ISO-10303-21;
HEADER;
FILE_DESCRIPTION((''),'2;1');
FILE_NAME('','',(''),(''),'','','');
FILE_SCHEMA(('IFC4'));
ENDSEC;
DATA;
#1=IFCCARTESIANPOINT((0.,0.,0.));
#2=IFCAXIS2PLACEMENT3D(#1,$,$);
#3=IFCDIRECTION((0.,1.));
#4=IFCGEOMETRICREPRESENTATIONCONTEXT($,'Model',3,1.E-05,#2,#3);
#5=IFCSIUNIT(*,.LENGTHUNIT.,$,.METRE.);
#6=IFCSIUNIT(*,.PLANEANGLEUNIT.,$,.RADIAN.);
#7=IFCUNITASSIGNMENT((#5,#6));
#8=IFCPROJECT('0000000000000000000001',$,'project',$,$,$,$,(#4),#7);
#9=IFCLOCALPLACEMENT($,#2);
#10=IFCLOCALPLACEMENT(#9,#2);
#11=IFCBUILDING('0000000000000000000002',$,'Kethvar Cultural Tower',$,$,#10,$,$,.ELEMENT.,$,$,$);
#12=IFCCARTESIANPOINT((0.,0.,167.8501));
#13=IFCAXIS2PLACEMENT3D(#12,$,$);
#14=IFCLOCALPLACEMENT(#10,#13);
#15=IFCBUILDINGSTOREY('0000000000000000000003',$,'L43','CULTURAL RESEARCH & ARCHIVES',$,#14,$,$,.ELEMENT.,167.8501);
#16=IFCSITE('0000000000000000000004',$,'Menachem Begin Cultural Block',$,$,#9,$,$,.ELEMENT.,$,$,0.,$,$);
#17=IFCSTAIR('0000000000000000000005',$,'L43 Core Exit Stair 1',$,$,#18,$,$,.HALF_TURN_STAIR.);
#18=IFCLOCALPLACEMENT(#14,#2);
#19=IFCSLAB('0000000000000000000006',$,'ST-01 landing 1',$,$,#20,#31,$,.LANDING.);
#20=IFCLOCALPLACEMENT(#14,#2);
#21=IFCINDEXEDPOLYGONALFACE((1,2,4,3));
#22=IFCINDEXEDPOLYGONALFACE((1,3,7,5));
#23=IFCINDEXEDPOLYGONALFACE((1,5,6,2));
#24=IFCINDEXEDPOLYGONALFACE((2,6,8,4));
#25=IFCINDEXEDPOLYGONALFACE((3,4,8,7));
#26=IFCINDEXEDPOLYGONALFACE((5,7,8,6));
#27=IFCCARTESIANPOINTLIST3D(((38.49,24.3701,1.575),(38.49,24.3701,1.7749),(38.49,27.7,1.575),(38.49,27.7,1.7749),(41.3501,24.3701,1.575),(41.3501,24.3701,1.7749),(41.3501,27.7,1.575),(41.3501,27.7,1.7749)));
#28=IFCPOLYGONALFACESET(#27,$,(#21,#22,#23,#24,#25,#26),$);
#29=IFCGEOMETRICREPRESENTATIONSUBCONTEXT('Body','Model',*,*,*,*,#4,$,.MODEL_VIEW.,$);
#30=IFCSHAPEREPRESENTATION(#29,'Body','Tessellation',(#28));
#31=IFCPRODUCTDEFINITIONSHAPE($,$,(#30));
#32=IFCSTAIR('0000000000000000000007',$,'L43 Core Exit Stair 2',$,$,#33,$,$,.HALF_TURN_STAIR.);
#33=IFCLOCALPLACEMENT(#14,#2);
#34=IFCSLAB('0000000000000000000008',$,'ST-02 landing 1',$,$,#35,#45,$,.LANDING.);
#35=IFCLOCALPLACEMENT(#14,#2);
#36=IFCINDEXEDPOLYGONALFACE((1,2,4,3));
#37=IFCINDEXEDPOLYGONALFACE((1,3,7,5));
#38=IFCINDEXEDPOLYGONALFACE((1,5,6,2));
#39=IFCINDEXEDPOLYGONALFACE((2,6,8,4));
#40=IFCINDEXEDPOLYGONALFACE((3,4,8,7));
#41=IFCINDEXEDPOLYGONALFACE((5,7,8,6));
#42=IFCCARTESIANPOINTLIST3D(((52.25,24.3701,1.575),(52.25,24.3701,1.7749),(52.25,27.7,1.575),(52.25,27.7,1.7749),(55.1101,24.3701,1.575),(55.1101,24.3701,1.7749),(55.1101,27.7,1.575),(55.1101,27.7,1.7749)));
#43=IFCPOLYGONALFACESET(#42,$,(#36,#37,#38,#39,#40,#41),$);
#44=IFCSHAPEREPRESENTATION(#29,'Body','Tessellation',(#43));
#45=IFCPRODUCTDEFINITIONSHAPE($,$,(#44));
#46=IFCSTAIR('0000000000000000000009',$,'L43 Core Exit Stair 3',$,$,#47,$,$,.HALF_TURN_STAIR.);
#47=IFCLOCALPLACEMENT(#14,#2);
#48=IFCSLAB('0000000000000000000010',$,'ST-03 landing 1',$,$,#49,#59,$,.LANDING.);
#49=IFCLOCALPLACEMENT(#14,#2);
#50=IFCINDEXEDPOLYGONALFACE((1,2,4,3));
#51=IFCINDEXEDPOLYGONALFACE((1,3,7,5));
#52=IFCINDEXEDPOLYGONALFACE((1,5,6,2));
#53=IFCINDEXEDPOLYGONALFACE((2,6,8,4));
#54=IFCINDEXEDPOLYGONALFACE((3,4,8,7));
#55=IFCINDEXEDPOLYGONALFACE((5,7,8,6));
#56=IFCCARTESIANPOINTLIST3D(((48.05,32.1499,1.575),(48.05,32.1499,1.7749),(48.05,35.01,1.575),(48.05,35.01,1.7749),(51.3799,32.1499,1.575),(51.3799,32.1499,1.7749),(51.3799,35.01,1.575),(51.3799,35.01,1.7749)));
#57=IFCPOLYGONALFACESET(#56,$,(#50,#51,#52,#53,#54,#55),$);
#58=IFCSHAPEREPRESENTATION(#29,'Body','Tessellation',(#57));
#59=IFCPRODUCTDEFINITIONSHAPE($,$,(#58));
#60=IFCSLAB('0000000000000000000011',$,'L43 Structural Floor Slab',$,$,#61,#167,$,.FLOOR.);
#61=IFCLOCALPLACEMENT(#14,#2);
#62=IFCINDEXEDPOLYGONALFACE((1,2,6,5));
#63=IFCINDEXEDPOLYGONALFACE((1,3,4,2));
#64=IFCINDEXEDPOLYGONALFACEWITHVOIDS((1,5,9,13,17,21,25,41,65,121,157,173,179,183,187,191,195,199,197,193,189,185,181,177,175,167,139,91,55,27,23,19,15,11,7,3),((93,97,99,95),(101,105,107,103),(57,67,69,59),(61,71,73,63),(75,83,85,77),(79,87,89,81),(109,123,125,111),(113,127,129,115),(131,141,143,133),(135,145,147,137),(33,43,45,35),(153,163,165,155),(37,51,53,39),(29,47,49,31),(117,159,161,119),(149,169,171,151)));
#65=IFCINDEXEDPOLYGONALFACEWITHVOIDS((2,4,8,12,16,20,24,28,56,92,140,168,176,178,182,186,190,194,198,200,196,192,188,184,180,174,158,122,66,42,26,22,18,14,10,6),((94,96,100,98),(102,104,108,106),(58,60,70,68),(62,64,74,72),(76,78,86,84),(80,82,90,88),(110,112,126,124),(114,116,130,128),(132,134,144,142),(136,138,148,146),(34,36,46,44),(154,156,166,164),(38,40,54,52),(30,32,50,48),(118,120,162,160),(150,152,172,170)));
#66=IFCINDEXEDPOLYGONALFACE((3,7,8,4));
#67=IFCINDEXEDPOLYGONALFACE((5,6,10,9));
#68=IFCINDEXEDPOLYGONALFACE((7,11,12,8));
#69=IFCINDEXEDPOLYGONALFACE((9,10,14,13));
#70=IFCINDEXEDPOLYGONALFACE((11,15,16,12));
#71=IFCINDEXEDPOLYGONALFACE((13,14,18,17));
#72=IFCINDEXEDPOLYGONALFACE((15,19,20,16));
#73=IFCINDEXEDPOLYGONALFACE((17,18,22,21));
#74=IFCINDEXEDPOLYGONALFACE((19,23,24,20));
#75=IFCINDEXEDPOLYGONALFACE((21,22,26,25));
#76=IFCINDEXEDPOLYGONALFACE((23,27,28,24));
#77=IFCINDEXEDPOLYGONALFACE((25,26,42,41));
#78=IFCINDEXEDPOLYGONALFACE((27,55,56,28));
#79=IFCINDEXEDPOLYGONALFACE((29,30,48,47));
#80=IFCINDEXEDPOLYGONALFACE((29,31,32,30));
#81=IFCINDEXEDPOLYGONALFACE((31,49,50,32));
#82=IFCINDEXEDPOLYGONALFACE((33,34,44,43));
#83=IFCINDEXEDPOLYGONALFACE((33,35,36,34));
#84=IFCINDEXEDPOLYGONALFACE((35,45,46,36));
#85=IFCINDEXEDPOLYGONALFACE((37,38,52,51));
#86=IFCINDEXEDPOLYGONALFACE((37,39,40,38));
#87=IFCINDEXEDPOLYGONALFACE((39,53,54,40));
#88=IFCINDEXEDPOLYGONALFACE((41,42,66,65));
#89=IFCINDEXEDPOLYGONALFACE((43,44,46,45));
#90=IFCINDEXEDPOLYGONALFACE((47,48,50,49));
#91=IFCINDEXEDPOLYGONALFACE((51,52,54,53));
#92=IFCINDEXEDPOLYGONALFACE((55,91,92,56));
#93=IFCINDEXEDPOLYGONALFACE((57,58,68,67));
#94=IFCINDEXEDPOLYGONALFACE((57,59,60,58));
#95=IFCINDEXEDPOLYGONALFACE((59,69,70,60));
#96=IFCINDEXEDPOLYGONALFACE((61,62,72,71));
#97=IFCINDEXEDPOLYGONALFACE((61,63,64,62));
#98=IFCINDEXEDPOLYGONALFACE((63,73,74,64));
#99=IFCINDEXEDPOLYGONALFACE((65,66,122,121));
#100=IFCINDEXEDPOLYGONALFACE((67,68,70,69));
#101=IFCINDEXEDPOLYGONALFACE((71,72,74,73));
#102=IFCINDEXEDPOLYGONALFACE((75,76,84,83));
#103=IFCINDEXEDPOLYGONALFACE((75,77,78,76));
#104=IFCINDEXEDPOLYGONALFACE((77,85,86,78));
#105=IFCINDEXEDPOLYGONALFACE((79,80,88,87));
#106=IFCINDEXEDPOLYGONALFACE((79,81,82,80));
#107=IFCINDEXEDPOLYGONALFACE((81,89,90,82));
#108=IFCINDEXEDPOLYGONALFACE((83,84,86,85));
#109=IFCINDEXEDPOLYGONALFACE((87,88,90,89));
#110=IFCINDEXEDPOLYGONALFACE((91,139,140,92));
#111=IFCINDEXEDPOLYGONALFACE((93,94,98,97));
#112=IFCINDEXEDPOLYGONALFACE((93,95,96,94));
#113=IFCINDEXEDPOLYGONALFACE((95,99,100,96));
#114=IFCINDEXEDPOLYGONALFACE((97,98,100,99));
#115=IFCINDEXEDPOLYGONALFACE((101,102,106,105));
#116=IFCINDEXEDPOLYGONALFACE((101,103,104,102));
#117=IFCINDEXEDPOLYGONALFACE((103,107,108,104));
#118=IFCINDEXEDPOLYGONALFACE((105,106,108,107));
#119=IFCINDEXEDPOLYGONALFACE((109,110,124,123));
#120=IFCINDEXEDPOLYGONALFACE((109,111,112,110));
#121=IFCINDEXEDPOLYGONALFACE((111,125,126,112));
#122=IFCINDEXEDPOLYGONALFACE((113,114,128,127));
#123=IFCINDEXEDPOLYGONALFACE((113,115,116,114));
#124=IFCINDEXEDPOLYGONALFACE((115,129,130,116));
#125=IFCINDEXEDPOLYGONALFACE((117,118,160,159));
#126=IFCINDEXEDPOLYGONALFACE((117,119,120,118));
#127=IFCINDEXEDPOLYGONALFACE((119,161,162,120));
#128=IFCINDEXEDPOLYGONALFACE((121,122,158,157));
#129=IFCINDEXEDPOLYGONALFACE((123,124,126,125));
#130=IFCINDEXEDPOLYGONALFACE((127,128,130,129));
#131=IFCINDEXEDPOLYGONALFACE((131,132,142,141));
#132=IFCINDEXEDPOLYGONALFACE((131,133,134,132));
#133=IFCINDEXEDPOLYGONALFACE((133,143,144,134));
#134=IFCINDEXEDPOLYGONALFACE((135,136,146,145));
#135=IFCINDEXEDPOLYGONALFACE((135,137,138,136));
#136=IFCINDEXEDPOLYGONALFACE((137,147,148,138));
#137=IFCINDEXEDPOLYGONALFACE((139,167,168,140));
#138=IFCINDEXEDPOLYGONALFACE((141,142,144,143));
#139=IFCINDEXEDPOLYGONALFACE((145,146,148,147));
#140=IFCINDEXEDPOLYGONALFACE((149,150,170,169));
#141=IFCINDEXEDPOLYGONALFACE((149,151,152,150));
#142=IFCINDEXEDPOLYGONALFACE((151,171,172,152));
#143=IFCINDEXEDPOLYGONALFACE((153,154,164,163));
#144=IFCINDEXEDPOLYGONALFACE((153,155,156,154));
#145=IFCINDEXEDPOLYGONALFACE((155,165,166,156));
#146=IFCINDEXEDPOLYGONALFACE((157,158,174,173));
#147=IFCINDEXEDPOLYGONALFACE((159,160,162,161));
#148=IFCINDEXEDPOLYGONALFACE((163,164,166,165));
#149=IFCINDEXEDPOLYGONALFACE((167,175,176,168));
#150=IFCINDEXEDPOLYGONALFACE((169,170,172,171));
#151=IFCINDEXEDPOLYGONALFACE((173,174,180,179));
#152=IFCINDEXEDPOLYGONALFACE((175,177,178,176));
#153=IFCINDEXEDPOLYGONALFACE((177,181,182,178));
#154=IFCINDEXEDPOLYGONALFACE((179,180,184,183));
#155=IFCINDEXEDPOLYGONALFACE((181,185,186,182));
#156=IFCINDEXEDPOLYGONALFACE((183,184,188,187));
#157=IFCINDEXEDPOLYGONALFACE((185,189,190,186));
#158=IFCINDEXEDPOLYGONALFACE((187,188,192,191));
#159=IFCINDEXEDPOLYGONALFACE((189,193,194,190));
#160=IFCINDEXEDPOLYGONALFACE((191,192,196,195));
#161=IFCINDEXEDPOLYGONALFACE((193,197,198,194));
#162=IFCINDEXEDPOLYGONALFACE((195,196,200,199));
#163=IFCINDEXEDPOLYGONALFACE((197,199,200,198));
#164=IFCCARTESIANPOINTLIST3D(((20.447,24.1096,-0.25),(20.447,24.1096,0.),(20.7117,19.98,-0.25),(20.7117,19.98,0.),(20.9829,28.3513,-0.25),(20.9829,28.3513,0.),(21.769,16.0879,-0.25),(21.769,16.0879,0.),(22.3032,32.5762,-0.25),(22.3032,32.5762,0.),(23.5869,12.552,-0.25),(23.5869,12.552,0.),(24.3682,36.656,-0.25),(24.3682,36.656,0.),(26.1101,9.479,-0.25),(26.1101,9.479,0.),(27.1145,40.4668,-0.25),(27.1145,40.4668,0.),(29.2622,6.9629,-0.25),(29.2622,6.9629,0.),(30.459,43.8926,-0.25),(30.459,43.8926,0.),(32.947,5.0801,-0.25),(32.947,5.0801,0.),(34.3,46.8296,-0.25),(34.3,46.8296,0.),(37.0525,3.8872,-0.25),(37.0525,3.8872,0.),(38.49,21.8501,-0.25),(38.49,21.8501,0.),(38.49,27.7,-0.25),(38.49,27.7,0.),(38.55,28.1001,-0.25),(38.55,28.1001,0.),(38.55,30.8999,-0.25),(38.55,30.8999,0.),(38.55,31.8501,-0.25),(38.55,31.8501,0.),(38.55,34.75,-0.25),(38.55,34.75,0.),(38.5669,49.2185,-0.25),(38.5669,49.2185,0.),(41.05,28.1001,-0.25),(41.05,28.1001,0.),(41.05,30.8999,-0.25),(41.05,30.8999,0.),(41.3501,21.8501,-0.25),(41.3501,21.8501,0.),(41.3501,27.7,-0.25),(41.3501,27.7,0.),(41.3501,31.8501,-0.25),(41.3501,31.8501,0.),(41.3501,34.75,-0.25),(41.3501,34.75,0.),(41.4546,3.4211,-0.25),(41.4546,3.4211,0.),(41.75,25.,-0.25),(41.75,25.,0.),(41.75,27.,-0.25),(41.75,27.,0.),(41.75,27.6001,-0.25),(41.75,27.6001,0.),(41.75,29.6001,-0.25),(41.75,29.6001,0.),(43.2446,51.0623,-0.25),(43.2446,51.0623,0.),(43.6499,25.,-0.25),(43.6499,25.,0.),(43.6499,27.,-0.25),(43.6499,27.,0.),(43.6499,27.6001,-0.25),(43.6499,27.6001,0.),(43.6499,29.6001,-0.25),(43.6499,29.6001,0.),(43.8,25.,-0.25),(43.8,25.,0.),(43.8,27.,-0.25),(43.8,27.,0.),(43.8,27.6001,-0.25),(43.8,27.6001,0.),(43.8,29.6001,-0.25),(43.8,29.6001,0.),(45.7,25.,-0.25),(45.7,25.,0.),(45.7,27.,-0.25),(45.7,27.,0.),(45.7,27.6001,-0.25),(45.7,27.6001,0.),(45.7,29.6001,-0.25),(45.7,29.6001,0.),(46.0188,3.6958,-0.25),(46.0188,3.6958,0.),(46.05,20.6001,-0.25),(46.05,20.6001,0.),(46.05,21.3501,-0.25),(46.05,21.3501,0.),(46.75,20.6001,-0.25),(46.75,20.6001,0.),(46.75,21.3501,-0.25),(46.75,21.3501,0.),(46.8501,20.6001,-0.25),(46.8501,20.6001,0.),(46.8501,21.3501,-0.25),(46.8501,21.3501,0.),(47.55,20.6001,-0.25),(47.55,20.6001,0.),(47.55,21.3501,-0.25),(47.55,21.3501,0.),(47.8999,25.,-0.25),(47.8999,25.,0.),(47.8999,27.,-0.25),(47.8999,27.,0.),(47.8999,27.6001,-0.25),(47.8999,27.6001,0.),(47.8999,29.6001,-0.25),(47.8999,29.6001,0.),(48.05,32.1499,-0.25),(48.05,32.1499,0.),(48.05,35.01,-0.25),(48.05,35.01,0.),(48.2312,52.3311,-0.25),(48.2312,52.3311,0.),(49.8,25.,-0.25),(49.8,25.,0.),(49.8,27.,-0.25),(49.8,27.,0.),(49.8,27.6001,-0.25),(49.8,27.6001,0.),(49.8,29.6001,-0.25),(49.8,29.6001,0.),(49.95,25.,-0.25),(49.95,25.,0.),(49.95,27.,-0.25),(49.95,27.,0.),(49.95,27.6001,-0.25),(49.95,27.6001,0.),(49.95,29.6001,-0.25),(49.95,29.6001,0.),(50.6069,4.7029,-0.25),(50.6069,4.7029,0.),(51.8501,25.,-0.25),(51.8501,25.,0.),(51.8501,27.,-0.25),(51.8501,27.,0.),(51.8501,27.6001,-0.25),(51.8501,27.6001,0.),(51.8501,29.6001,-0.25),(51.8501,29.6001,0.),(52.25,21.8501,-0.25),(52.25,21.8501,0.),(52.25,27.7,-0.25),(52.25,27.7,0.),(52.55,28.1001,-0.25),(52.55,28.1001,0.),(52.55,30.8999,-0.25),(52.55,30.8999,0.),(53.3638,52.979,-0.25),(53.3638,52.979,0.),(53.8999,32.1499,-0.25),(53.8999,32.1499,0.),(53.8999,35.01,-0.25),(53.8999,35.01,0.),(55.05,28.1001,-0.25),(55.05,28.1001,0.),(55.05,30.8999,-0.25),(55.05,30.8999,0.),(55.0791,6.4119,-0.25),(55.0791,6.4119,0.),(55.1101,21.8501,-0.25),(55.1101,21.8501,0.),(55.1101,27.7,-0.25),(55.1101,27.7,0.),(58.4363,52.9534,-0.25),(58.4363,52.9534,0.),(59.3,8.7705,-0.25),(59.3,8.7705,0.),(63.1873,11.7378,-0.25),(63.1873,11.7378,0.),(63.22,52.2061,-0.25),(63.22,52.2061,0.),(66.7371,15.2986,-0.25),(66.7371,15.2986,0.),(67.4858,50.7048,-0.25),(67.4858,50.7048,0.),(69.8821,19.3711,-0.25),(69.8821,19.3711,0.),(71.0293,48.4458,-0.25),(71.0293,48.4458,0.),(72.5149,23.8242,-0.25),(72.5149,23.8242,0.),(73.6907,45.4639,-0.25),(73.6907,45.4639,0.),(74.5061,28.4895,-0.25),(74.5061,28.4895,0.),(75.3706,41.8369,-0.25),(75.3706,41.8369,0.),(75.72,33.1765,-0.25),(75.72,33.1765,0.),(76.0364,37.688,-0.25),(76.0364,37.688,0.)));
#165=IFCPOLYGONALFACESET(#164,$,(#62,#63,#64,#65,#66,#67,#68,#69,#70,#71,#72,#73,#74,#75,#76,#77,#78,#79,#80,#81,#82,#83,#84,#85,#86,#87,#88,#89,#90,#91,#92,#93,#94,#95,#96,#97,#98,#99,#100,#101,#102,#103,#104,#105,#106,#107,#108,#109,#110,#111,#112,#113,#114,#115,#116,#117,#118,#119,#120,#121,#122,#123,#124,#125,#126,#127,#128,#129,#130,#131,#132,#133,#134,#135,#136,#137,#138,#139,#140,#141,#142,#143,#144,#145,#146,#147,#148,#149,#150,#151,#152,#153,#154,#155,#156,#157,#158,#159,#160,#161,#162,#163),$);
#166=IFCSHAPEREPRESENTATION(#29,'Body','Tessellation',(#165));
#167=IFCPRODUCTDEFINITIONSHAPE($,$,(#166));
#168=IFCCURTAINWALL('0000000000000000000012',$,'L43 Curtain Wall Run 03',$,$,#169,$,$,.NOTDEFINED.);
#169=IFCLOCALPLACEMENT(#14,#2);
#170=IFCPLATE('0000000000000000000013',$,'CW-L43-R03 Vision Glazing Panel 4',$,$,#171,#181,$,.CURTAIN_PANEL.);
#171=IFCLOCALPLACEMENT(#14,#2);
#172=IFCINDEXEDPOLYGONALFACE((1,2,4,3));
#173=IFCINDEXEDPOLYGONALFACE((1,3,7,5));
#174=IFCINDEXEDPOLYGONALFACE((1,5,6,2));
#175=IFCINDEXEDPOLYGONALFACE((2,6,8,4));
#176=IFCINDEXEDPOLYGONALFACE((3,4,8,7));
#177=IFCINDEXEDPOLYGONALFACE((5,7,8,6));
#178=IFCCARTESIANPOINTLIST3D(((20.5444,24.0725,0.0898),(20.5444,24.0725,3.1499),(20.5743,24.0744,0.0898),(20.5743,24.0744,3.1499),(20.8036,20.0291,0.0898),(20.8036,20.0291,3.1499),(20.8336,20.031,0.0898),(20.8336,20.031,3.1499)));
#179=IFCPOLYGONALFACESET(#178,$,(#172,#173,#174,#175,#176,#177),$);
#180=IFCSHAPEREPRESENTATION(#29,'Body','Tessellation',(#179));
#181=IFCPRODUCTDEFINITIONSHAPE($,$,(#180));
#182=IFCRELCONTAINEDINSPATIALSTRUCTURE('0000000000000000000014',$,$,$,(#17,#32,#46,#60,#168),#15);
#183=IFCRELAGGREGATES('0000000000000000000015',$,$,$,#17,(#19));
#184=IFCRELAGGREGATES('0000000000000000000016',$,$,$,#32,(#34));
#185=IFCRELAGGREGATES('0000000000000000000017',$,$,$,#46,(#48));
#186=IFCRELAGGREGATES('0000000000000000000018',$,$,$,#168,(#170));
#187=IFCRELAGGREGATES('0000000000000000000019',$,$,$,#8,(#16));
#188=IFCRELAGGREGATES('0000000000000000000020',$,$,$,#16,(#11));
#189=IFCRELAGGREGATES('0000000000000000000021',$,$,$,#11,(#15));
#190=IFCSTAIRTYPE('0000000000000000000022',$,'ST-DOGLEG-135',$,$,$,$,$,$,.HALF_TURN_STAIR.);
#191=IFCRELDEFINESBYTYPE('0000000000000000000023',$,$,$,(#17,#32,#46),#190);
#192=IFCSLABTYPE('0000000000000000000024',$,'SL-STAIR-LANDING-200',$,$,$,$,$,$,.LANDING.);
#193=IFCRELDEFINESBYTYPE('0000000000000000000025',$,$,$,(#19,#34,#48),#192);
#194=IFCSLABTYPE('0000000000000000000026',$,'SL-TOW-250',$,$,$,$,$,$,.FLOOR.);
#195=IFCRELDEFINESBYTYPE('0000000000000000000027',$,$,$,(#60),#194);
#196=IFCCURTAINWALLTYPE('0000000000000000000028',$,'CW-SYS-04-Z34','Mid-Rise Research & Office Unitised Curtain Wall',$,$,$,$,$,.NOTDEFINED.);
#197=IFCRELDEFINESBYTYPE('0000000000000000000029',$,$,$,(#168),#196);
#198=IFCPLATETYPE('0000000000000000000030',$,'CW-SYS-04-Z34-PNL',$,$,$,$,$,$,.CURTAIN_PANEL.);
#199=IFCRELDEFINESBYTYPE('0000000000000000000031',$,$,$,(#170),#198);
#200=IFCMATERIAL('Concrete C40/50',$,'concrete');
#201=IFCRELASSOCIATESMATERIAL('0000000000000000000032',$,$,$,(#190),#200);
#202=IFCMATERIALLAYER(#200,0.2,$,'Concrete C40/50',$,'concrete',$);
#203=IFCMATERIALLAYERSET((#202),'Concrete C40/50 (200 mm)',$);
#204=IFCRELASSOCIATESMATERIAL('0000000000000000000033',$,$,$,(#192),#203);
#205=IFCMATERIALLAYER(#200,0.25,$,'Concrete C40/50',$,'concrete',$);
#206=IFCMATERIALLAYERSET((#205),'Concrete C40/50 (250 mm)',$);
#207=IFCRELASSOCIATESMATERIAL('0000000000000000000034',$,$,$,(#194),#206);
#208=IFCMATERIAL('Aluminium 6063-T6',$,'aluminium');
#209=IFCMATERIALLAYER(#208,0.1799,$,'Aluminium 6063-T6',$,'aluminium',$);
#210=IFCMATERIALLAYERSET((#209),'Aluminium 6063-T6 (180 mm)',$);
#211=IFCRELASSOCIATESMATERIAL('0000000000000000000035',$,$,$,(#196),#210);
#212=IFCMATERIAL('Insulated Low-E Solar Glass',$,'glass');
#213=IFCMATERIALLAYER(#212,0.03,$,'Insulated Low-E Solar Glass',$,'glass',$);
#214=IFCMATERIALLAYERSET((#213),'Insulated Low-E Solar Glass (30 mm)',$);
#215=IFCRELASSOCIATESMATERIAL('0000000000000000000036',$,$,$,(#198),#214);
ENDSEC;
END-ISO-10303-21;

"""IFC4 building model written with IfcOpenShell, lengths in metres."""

from ifc_helpers import new_model, si_unit, direction, frame, origin, origin_2d, place, context, subcontext, project, spatial, polyline, rectangle, outline, extrude, source, transform, mapped, material, layer, layer_set, type_object, element, aggregate, save


model = new_model("IFC4")

# Units and contexts
model_context = context("Model", 3, precision=1e-05, world=origin(), true_north=direction((0.0, 1.0)))
body_context = subcontext(model_context, "Body", "Model", "MODEL_VIEW")
ifc_project = project(units=[si_unit("LENGTHUNIT", "METRE"), si_unit("PLANEANGLEUNIT", "RADIAN")], contexts=[model_context])

# Site, building, storey
site_placement = place(None, origin())
site = spatial("IfcSite", under=ifc_project, at=site_placement, Name="Menachem Begin Cultural Block", CompositionType="ELEMENT", RefElevation=0.0)
building_placement = place(site_placement, origin())
building = spatial("IfcBuilding", under=site, at=building_placement, Name="Kethvar Cultural Tower", CompositionType="ELEMENT")
storey_placement = place(building_placement, frame((0.0, 0.0, 167.8501)))
storey = spatial("IfcBuildingStorey", under=building, at=storey_placement, Name="L43", Description="CULTURAL RESEARCH & ARCHIVES", CompositionType="ELEMENT", Elevation=167.8501)

# Stairs, slabs
ifc_material_1 = material(Name="Concrete C40/50", Category="concrete")
stair_type = type_object("IfcStairType", Name="ST-DOGLEG-135", PredefinedType="HALF_TURN_STAIR", material=ifc_material_1)
stair_1_placement = place(storey_placement, origin())
stair_1 = element("IfcStair", 1, at=stair_1_placement, inside=storey, type_object=stair_type, Name="L43 Core Exit Stair 1", PredefinedType="HALF_TURN_STAIR")
ifc_layer_1 = layer(ifc_material_1, 0.2, Name="Concrete C40/50", Category="concrete")
ifc_layer_set_1 = layer_set([ifc_layer_1], Name="Concrete C40/50 (200 mm)")
slab_type_1 = type_object("IfcSlabType", Name="SL-STAIR-LANDING-200", PredefinedType="LANDING", material=ifc_layer_set_1)
slab_1_placement = place(storey_placement, frame((0.0, 0.0, 1.575)))
slab_1 = element("IfcSlab", 2, at=slab_1_placement, type_object=slab_type_1, Name="ST-01 landing 1", PredefinedType="LANDING", context=body_context, shape_type="SweptSolid", body=[
    extrude(outline(polyline([(41.3501, 24.3701), (41.3501, 27.7), (38.49, 27.7), (38.49, 24.3701), (41.3501, 24.3701)])), origin(), (0.0, 0.0, 1.0), 0.2),
])
aggregate(stair_1, [slab_1])
stair_2_placement = place(storey_placement, origin())
stair_2 = element("IfcStair", 3, at=stair_2_placement, inside=storey, type_object=stair_type, Name="L43 Core Exit Stair 2", PredefinedType="HALF_TURN_STAIR")
slab_2_placement = place(storey_placement, frame((0.0, 0.0, 1.575)))
slab_2 = element("IfcSlab", 4, at=slab_2_placement, type_object=slab_type_1, Name="ST-02 landing 1", PredefinedType="LANDING", context=body_context, shape_type="SweptSolid", body=[
    extrude(outline(polyline([(55.1101, 24.3701), (55.1101, 27.7), (52.25, 27.7), (52.25, 24.3701), (55.1101, 24.3701)])), origin(), (0.0, 0.0, 1.0), 0.2),
])
aggregate(stair_2, [slab_2])
stair_3_placement = place(storey_placement, origin())
stair_3 = element("IfcStair", 5, at=stair_3_placement, inside=storey, type_object=stair_type, Name="L43 Core Exit Stair 3", PredefinedType="HALF_TURN_STAIR")
slab_3_placement = place(storey_placement, frame((0.0, 0.0, 1.575)))
slab_3 = element("IfcSlab", 6, at=slab_3_placement, type_object=slab_type_1, Name="ST-03 landing 1", PredefinedType="LANDING", context=body_context, shape_type="SweptSolid", body=[
    extrude(outline(polyline([(51.3799, 35.01), (48.05, 35.01), (48.05, 32.1499), (51.3799, 32.1499), (51.3799, 35.01)])), origin(), (0.0, 0.0, 1.0), 0.2),
])
aggregate(stair_3, [slab_3])

# Slab
ifc_layer_2 = layer(ifc_material_1, 0.25, Name="Concrete C40/50", Category="concrete")
ifc_layer_set_2 = layer_set([ifc_layer_2], Name="Concrete C40/50 (250 mm)")
slab_type_2 = type_object("IfcSlabType", Name="SL-TOW-250", PredefinedType="FLOOR", material=ifc_layer_set_2)
slab_4_placement = place(storey_placement, frame((0.0, 0.0, -0.25)))
element("IfcSlab", 7, at=slab_4_placement, inside=storey, type_object=slab_type_2, Name="L43 Structural Floor Slab", PredefinedType="FLOOR", context=body_context, shape_type="SweptSolid", body=[
    extrude(outline(polyline([(73.6907, 45.4639), (71.0293, 48.4458), (67.4858, 50.7048), (63.22, 52.2061), (58.4363, 52.9534), (53.3638, 52.979), (48.2312, 52.3311), (43.2446, 51.0623), (38.5669, 49.2185), (34.3, 46.8296), (30.459, 43.8926), (27.1145, 40.4668), (24.3682, 36.656), (22.3032, 32.5762), (20.9829, 28.3513), (20.447, 24.1096), (20.7117, 19.98), (21.769, 16.0879), (23.5869, 12.552), (26.1101, 9.479), (29.2622, 6.9629), (32.947, 5.0801), (37.0525, 3.8872), (41.4546, 3.4211), (46.0188, 3.6958), (50.6069, 4.7029), (55.0791, 6.4119), (59.3, 8.7705), (63.1873, 11.7378), (66.7371, 15.2986), (69.8821, 19.3711), (72.5149, 23.8242), (74.5061, 28.4895), (75.72, 33.1765), (76.0364, 37.688), (75.3706, 41.8369), (73.6907, 45.4639)]), holes=[polyline([(38.49, 21.8501), (38.49, 27.7), (41.3501, 27.7), (41.3501, 21.8501), (38.49, 21.8501)]), polyline([(52.25, 21.8501), (52.25, 27.7), (55.1101, 27.7), (55.1101, 21.8501), (52.25, 21.8501)]), polyline([(53.8999, 32.1499), (48.05, 32.1499), (48.05, 35.01), (53.8999, 35.01), (53.8999, 32.1499)]), polyline([(41.75, 27.0), (43.6499, 27.0), (43.6499, 25.0), (41.75, 25.0), (41.75, 27.0)]), polyline([(43.8, 27.0), (45.7, 27.0), (45.7, 25.0), (43.8, 25.0), (43.8, 27.0)]), polyline([(47.8999, 27.0), (49.8, 27.0), (49.8, 25.0), (47.8999, 25.0), (47.8999, 27.0)]), polyline([(49.95, 27.0), (51.8501, 27.0), (51.8501, 25.0), (49.95, 25.0), (49.95, 27.0)]), polyline([(41.75, 29.6001), (43.6499, 29.6001), (43.6499, 27.6001), (41.75, 27.6001), (41.75, 29.6001)]), polyline([(43.8, 29.6001), (45.7, 29.6001), (45.7, 27.6001), (43.8, 27.6001), (43.8, 29.6001)]), polyline([(47.8999, 29.6001), (49.8, 29.6001), (49.8, 27.6001), (47.8999, 27.6001), (47.8999, 29.6001)]), polyline([(49.95, 29.6001), (51.8501, 29.6001), (51.8501, 27.6001), (49.95, 27.6001), (49.95, 29.6001)]), polyline([(38.55, 30.8999), (41.05, 30.8999), (41.05, 28.1001), (38.55, 28.1001), (38.55, 30.8999)]), polyline([(52.55, 30.8999), (55.05, 30.8999), (55.05, 28.1001), (52.55, 28.1001), (52.55, 30.8999)]), polyline([(38.55, 34.75), (41.3501, 34.75), (41.3501, 31.8501), (38.55, 31.8501), (38.55, 34.75)]), polyline([(46.05, 21.3501), (46.75, 21.3501), (46.75, 20.6001), (46.05, 20.6001), (46.05, 21.3501)]), polyline([(46.8501, 21.3501), (47.55, 21.3501), (47.55, 20.6001), (46.8501, 20.6001), (46.8501, 21.3501)])]), origin(), (0.0, 0.0, 1.0), 0.25),
])

# Curtain wall, plate
ifc_material_2 = material(Name="Aluminium 6063-T6", Category="aluminium")
ifc_layer_3 = layer(ifc_material_2, 0.1799, Name="Aluminium 6063-T6", Category="aluminium")
ifc_layer_set_3 = layer_set([ifc_layer_3], Name="Aluminium 6063-T6 (180 mm)")
curtain_wall_type = type_object("IfcCurtainWallType", Name="CW-SYS-04-Z34", Description="Mid-Rise Research & Office Unitised Curtain Wall", PredefinedType="NOTDEFINED", material=ifc_layer_set_3)
curtain_wall_placement = place(storey_placement, origin())
curtain_wall = element("IfcCurtainWall", 8, at=curtain_wall_placement, inside=storey, type_object=curtain_wall_type, Name="L43 Curtain Wall Run 03", PredefinedType="NOTDEFINED")
ifc_material_3 = material(Name="Insulated Low-E Solar Glass", Category="glass")
ifc_layer_4 = layer(ifc_material_3, 0.03, Name="Insulated Low-E Solar Glass", Category="glass")
ifc_layer_set_4 = layer_set([ifc_layer_4], Name="Insulated Low-E Solar Glass (30 mm)")
plate_type = type_object("IfcPlateType", Name="CW-SYS-04-Z34-PNL", PredefinedType="CURTAIN_PANEL", material=ifc_layer_set_4)
shared_shape_1 = source(origin(), body_context, "Body", "SweptSolid", [
    extrude(rectangle(XDim=4.0518, YDim=0.03, at=origin_2d()), origin(), (0.0, 0.0, 1.0), 3.0601),
])
plate_placement = place(storey_placement, frame((20.689, 22.0518, 0.0898), z_axis=(0.0, 0.0, 1.0), x_axis=(0.063975, -0.997952, 0.0)))
plate = element("IfcPlate", 9, at=plate_placement, type_object=plate_type, Name="CW-L43-R03 Vision Glazing Panel 4", PredefinedType="CURTAIN_PANEL", context=body_context, shape_type="MappedRepresentation", body=[
    mapped(shared_shape_1, transform((0.0, 0.0, 0.0), scale=1.0)),
])
aggregate(curtain_wall, [plate])

save(model, "model.ifc")
